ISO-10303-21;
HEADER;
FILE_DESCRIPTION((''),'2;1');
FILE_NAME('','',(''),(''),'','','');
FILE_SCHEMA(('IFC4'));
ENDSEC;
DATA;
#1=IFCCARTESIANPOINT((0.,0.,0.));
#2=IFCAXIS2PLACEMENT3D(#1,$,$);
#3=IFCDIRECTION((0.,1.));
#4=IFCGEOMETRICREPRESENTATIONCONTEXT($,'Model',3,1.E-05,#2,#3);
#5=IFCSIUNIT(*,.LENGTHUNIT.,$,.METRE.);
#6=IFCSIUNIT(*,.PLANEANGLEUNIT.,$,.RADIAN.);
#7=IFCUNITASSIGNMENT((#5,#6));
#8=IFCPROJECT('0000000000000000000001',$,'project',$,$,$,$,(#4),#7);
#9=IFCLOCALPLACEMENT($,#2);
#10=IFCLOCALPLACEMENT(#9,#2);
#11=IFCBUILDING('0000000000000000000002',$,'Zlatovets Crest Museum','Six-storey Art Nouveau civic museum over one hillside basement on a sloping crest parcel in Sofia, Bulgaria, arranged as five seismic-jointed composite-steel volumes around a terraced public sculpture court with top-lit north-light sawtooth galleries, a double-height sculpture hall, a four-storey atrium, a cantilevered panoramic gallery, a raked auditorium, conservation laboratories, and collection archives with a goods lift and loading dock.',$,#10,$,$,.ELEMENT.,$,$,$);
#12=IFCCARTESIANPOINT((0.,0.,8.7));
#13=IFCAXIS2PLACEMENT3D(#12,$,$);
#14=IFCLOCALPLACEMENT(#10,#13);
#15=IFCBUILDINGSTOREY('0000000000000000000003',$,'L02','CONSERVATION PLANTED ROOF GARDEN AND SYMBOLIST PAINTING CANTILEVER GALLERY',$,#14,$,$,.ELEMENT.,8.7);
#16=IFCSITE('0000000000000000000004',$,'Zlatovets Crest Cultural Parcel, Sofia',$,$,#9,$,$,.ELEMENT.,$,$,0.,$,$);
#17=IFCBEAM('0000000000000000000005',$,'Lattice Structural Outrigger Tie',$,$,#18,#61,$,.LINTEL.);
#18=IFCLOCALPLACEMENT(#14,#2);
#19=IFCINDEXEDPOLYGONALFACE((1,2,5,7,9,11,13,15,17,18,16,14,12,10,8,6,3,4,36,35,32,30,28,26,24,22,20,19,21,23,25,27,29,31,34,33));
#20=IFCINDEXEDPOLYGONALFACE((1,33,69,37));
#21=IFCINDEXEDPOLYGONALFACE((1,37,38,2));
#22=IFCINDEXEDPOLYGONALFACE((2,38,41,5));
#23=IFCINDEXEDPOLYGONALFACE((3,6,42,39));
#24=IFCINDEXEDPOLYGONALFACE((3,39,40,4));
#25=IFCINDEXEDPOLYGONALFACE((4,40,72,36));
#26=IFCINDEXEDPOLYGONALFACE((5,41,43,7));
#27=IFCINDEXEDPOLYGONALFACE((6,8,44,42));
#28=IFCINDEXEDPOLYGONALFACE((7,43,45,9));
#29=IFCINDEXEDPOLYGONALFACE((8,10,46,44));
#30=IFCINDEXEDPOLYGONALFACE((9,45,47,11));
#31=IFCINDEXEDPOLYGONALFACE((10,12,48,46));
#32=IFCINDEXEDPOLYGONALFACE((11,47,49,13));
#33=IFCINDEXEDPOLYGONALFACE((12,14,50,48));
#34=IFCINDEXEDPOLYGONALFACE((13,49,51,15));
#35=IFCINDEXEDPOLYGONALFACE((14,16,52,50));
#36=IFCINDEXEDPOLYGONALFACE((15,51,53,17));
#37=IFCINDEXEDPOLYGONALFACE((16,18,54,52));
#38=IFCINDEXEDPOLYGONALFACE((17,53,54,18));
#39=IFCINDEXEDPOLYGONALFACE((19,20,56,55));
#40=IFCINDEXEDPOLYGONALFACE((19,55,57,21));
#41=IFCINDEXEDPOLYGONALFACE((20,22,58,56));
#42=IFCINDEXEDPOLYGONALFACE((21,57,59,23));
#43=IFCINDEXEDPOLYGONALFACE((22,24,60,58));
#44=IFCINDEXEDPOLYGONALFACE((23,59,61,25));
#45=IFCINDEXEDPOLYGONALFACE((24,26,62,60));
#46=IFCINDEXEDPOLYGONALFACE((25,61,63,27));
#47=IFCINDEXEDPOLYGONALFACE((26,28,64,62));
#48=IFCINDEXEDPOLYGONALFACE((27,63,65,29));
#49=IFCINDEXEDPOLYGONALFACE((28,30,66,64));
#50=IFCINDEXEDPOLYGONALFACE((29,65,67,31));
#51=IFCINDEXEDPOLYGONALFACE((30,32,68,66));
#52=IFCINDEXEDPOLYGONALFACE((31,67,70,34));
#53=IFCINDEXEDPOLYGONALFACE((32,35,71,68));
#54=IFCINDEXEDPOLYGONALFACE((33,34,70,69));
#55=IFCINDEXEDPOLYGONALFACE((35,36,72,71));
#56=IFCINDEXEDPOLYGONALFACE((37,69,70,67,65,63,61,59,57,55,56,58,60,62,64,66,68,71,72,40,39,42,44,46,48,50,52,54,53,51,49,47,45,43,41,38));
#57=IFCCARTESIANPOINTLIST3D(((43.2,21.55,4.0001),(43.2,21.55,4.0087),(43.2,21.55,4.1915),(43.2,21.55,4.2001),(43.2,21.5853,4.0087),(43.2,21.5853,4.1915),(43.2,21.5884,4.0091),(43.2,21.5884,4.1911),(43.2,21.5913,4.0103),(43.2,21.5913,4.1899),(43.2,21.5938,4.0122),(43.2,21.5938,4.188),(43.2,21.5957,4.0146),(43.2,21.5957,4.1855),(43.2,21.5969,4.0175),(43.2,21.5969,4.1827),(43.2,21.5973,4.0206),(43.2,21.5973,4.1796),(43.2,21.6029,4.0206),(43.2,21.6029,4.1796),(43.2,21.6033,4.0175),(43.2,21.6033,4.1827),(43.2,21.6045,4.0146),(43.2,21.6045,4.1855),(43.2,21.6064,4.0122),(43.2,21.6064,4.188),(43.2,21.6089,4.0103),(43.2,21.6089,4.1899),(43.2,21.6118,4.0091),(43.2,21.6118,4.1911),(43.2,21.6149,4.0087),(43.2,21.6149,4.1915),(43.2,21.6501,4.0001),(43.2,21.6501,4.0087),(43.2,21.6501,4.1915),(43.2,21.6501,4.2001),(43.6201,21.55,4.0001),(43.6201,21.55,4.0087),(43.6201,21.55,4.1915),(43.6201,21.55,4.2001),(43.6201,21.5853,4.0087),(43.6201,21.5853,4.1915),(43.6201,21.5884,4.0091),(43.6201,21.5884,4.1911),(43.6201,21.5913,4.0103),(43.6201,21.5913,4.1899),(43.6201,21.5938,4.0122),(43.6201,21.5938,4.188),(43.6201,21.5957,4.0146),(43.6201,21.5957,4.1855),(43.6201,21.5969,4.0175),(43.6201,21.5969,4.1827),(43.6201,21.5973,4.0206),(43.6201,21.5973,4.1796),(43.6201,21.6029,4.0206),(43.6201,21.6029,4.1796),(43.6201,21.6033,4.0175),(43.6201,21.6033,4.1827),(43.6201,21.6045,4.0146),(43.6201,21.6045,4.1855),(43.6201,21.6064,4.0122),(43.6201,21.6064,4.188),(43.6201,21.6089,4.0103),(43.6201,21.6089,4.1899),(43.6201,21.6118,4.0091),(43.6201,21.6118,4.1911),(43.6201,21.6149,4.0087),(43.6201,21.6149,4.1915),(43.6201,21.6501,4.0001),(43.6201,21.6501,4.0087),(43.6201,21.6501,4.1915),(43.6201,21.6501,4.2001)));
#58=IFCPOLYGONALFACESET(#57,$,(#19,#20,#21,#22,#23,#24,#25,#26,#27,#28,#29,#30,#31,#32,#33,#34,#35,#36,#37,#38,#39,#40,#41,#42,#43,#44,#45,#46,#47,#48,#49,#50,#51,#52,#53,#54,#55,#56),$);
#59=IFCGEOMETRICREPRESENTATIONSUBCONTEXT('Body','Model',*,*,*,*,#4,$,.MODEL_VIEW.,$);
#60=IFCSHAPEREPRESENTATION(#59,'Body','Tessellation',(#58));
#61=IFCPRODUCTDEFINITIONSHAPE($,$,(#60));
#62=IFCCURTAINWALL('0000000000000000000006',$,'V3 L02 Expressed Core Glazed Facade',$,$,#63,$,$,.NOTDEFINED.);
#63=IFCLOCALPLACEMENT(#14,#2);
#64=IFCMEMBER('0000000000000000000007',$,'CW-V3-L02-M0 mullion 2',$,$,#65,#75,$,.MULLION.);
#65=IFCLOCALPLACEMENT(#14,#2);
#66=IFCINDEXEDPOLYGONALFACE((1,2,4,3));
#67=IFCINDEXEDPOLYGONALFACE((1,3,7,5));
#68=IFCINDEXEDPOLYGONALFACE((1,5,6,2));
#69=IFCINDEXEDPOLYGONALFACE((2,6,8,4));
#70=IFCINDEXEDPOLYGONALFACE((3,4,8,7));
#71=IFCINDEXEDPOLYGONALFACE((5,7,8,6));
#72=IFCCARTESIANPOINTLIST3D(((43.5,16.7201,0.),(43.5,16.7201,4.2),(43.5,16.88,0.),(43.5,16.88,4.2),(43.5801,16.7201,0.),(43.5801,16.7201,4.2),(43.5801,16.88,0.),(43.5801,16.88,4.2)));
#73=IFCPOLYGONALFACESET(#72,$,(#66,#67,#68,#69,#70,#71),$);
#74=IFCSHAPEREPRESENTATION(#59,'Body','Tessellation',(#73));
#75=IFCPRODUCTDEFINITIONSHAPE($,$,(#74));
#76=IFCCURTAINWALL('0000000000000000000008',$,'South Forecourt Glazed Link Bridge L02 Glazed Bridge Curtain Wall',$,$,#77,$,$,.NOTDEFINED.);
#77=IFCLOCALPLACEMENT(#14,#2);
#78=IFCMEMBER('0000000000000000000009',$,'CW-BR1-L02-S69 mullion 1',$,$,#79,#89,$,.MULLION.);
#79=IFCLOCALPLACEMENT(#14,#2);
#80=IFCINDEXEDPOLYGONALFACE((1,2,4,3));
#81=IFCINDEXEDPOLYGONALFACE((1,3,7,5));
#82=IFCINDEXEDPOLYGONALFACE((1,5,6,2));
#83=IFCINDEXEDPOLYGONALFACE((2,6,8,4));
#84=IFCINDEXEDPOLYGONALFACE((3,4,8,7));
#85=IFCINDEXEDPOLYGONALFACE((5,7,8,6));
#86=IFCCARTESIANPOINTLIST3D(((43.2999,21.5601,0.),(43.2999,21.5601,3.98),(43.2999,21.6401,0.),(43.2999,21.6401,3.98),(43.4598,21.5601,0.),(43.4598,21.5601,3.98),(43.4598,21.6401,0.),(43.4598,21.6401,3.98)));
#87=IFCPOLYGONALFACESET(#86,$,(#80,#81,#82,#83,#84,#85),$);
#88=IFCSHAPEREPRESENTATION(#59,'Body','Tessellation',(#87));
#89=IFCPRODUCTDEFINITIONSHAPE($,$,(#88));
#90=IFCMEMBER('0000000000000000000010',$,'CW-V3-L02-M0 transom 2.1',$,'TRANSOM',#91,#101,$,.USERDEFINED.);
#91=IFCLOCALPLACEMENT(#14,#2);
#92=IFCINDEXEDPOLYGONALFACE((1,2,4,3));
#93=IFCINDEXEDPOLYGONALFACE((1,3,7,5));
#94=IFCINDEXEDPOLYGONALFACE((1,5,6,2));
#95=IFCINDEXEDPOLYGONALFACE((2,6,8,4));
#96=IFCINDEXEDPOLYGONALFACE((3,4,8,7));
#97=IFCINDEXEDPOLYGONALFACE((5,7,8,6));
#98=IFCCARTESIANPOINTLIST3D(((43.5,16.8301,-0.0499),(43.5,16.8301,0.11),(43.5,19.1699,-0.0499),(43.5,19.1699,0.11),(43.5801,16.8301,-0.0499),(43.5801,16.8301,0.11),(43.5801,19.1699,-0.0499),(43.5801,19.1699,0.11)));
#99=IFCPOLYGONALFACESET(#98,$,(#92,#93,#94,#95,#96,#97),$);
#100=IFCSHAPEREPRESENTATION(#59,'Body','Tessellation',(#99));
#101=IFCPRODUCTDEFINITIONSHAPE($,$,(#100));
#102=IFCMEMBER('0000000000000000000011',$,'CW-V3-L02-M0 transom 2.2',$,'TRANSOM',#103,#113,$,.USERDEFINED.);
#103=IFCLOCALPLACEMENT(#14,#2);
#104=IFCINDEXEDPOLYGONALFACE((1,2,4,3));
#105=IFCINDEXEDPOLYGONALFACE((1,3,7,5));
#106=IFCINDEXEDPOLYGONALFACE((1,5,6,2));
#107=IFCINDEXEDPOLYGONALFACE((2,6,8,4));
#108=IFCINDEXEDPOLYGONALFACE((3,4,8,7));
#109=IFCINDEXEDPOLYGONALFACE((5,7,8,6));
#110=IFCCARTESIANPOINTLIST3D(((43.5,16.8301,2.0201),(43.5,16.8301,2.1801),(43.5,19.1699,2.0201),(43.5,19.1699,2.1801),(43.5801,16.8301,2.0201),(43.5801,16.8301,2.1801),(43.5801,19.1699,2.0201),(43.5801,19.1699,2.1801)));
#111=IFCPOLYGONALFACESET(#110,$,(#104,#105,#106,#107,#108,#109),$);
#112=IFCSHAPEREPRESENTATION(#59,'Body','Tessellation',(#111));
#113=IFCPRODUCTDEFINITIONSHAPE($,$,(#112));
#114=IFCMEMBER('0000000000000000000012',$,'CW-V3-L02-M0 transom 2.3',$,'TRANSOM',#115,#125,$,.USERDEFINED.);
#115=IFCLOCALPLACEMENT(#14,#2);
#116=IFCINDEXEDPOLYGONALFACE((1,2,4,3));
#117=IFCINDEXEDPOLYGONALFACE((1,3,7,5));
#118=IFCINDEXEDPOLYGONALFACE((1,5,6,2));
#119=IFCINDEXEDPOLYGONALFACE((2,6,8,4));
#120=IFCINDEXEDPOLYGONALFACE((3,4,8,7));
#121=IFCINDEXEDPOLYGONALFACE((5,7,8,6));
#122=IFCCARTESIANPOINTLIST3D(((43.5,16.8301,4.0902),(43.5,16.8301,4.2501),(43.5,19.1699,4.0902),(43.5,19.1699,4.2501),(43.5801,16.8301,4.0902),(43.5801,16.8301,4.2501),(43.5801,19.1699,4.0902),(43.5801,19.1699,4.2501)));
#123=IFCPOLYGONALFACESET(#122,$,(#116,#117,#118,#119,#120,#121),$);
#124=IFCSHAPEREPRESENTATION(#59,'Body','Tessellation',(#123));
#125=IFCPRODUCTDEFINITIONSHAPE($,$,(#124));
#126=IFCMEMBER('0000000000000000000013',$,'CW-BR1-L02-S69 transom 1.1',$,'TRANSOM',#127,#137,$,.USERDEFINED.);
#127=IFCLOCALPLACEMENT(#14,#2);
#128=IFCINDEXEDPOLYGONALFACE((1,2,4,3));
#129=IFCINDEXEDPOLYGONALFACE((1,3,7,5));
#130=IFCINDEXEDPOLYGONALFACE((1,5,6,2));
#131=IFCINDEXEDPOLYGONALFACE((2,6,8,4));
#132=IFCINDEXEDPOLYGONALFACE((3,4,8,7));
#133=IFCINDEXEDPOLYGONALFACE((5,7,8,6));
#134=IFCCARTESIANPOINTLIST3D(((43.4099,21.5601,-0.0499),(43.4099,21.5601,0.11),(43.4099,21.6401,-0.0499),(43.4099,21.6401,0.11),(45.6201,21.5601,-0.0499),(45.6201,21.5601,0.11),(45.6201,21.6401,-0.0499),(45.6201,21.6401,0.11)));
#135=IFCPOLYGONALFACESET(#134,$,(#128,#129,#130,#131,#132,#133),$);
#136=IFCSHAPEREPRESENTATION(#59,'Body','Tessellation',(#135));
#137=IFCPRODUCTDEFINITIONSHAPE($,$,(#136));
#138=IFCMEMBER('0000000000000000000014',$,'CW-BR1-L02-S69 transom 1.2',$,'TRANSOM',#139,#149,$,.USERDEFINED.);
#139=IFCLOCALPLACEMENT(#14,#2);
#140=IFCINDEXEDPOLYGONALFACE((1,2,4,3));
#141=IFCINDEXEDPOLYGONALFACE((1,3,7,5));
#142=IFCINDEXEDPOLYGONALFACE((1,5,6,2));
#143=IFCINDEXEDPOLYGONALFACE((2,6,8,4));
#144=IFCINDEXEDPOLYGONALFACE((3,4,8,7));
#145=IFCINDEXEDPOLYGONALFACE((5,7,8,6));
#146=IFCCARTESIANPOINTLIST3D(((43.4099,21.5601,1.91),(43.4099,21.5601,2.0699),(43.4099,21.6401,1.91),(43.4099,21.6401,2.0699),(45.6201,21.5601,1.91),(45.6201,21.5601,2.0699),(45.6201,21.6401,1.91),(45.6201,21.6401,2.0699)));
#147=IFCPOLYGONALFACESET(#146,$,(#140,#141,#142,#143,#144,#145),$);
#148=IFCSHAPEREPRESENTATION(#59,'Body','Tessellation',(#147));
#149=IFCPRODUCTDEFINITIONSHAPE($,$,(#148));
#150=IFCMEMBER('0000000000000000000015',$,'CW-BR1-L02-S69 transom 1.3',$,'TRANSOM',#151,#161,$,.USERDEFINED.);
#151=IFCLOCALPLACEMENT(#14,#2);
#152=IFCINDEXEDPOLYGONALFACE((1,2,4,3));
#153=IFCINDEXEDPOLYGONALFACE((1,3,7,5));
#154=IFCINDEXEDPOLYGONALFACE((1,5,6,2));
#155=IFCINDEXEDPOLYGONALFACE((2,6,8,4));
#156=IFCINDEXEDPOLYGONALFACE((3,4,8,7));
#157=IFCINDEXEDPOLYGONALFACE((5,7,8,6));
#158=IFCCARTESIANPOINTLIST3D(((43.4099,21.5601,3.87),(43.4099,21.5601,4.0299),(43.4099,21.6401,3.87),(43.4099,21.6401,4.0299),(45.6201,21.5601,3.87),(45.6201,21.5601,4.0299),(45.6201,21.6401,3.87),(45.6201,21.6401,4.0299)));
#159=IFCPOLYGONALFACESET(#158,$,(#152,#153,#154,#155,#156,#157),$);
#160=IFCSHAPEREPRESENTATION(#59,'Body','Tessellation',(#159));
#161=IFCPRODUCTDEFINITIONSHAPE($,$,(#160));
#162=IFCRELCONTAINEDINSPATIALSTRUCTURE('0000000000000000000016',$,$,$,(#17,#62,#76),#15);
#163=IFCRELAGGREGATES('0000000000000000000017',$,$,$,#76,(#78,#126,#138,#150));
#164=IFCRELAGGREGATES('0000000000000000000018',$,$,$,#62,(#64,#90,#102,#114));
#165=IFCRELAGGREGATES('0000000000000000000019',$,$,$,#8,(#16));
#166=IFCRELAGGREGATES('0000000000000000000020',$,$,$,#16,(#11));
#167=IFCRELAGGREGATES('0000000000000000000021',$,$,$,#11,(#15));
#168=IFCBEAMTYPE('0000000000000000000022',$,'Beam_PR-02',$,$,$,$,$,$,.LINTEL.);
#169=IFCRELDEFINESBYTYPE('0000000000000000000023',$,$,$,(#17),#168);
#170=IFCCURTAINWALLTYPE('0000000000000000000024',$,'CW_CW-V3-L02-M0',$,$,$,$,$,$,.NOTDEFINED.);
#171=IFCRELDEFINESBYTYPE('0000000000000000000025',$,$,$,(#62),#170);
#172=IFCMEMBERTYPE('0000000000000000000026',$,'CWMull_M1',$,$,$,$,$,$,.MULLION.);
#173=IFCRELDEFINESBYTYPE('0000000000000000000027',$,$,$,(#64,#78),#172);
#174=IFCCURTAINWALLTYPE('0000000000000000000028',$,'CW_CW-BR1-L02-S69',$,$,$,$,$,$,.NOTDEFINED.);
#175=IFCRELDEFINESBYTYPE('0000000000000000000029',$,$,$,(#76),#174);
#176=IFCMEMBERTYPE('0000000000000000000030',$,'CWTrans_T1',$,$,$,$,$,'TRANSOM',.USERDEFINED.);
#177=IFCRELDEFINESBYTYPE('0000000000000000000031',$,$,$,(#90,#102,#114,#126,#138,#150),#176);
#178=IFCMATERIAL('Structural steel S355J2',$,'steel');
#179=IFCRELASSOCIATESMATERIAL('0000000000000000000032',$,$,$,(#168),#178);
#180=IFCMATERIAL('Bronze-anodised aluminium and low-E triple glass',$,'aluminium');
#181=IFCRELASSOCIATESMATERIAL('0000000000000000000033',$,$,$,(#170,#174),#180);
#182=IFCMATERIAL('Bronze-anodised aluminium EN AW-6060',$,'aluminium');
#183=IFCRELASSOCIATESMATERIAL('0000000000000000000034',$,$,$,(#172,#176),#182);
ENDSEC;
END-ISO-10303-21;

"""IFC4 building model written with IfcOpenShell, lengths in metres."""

from ifc_helpers import new_model, si_unit, direction, frame, origin, origin_2d, place, context, subcontext, project, spatial, rectangle, i_section, extrude, material, material_profile, profile_set, type_object, element, aggregate, save


model = new_model("IFC4")

# Units and contexts
model_context = context("Model", 3, precision=1e-05, world=origin(), true_north=direction((0.0, 1.0)))
body_context = subcontext(model_context, "Body", "Model", "MODEL_VIEW")
ifc_project = project(units=[si_unit("LENGTHUNIT", "METRE"), si_unit("PLANEANGLEUNIT", "RADIAN")], contexts=[model_context])

# Site, building, storey
site_placement = place(None, origin())
site = spatial("IfcSite", under=ifc_project, at=site_placement, Name="Zlatovets Crest Cultural Parcel, Sofia", CompositionType="ELEMENT", RefElevation=0.0)
building_placement = place(site_placement, origin())
building = spatial("IfcBuilding", under=site, at=building_placement, Name="Zlatovets Crest Museum", Description="Six-storey Art Nouveau civic museum over one hillside basement on a sloping crest parcel in Sofia, Bulgaria, arranged as five seismic-jointed composite-steel volumes around a terraced public sculpture court with top-lit north-light sawtooth galleries, a double-height sculpture hall, a four-storey atrium, a cantilevered panoramic gallery, a raked auditorium, conservation laboratories, and collection archives with a goods lift and loading dock.", CompositionType="ELEMENT")
storey_placement = place(building_placement, frame((0.0, 0.0, 8.7)))
storey = spatial("IfcBuildingStorey", under=building, at=storey_placement, Name="L02", Description="CONSERVATION PLANTED ROOF GARDEN AND SYMBOLIST PAINTING CANTILEVER GALLERY", CompositionType="ELEMENT", Elevation=8.7)

# Shared definitions
ifc_material_1 = material(Name="Structural steel S355J2", Category="steel")

# Beam
ifc_material_profile_1 = material_profile(ifc_material_1, i_section(OverallWidth=0.1001, OverallDepth=0.2, WebThickness=0.0056, FlangeThickness=0.0085, FilletRadius=0.012, at=origin_2d()), Name="IPE 200")
ifc_profile_set_1 = profile_set([ifc_material_profile_1], Name="Structural steel S355J2")
beam_type_1 = type_object("IfcBeamType", Name="Beam_PR-02", PredefinedType="LINTEL", material=ifc_profile_set_1)
for number, where, z_axis, x_axis, name in (
    (1, (43.2, 21.6001, 4.1001), (1.0, 0.0, 0.0), (0.0, 1.0, 0.0), "Lattice Structural Outrigger Tie"),
):
    element("IfcBeam", number, at=place(storey_placement, frame(where, z_axis=z_axis, x_axis=x_axis)), inside=storey, type_object=beam_type_1, Name=name, PredefinedType="LINTEL", context=body_context, shape_type="SweptSolid", body=[
        extrude(i_section(OverallWidth=0.1001, OverallDepth=0.2, WebThickness=0.0056, FlangeThickness=0.0085, FilletRadius=0.012, at=origin_2d()), origin(), (0.0, 0.0, 1.0), 0.4202),
    ])

# Curtain walls, members
ifc_material_2 = material(Name="Bronze-anodised aluminium and low-E triple glass", Category="aluminium")
curtain_wall_type_1 = type_object("IfcCurtainWallType", Name="CW_CW-V3-L02-M0", PredefinedType="NOTDEFINED", material=ifc_material_2)
curtain_wall_1_placement = place(storey_placement, origin())
curtain_wall_1 = element("IfcCurtainWall", 2, at=curtain_wall_1_placement, inside=storey, type_object=curtain_wall_type_1, Name="V3 L02 Expressed Core Glazed Facade", PredefinedType="NOTDEFINED")
ifc_material_3 = material(Name="Bronze-anodised aluminium EN AW-6060", Category="aluminium")
ifc_material_profile_2 = material_profile(ifc_material_3, rectangle(XDim=0.0801, YDim=0.1599, at=origin_2d()), Name="ALU 80x160")
ifc_profile_set_2 = profile_set([ifc_material_profile_2], Name="Bronze-anodised aluminium EN AW-6060")
member_type_1 = type_object("IfcMemberType", Name="CWMull_M1", PredefinedType="MULLION", material=ifc_profile_set_2)
member_1_placement = place(storey_placement, frame((43.54, 16.8, 0.0), z_axis=(0.0, 0.0, 1.0), x_axis=(-1.0, 0.0, 0.0)))
member_1 = element("IfcMember", 3, at=member_1_placement, type_object=member_type_1, Name="CW-V3-L02-M0 mullion 2", PredefinedType="MULLION", context=body_context, shape_type="SweptSolid", body=[
    extrude(rectangle(XDim=0.0801, YDim=0.1599, at=origin_2d()), origin(), (0.0, 0.0, 1.0), 4.2),
])
curtain_wall_type_2 = type_object("IfcCurtainWallType", Name="CW_CW-BR1-L02-S69", PredefinedType="NOTDEFINED", material=ifc_material_2)
curtain_wall_2_placement = place(storey_placement, origin())
curtain_wall_2 = element("IfcCurtainWall", 4, at=curtain_wall_2_placement, inside=storey, type_object=curtain_wall_type_2, Name="South Forecourt Glazed Link Bridge L02 Glazed Bridge Curtain Wall", PredefinedType="NOTDEFINED")
member_2_placement = place(storey_placement, frame((43.3799, 21.6001, 0.0), z_axis=(0.0, 0.0, 1.0), x_axis=(0.0, 1.0, 0.0)))
member_2 = element("IfcMember", 5, at=member_2_placement, type_object=member_type_1, Name="CW-BR1-L02-S69 mullion 1", PredefinedType="MULLION", context=body_context, shape_type="SweptSolid", body=[
    extrude(rectangle(XDim=0.0801, YDim=0.1599, at=origin_2d()), origin(), (0.0, 0.0, 1.0), 3.98),
])

# Members
ifc_material_profile_3 = material_profile(ifc_material_3, rectangle(XDim=0.0801, YDim=0.1599, at=origin_2d()), Name="ALU 80x160")
ifc_profile_set_3 = profile_set([ifc_material_profile_3], Name="Bronze-anodised aluminium EN AW-6060")
member_type_2 = type_object("IfcMemberType", Name="CWTrans_T1", ElementType="TRANSOM", PredefinedType="USERDEFINED", material=ifc_profile_set_3)
member_3_placement = place(storey_placement, frame((43.54, 16.8301, 0.03), z_axis=(0.0, 1.0, 0.0), x_axis=(-1.0, 0.0, 0.0)))
member_3 = element("IfcMember", 6, at=member_3_placement, type_object=member_type_2, Name="CW-V3-L02-M0 transom 2.1", ObjectType="TRANSOM", PredefinedType="USERDEFINED", context=body_context, shape_type="SweptSolid", body=[
    extrude(rectangle(XDim=0.0801, YDim=0.1599, at=origin_2d()), origin(), (0.0, 0.0, 1.0), 2.3398),
])
member_4_placement = place(storey_placement, frame((43.54, 16.8301, 2.1001), z_axis=(0.0, 1.0, 0.0), x_axis=(-1.0, 0.0, 0.0)))
member_4 = element("IfcMember", 7, at=member_4_placement, type_object=member_type_2, Name="CW-V3-L02-M0 transom 2.2", ObjectType="TRANSOM", PredefinedType="USERDEFINED", context=body_context, shape_type="SweptSolid", body=[
    extrude(rectangle(XDim=0.0801, YDim=0.1599, at=origin_2d()), origin(), (0.0, 0.0, 1.0), 2.3398),
])
member_5_placement = place(storey_placement, frame((43.54, 16.8301, 4.1702), z_axis=(0.0, 1.0, 0.0), x_axis=(-1.0, 0.0, 0.0)))
member_5 = element("IfcMember", 8, at=member_5_placement, type_object=member_type_2, Name="CW-V3-L02-M0 transom 2.3", ObjectType="TRANSOM", PredefinedType="USERDEFINED", context=body_context, shape_type="SweptSolid", body=[
    extrude(rectangle(XDim=0.0801, YDim=0.1599, at=origin_2d()), origin(), (0.0, 0.0, 1.0), 2.3398),
])
member_6_placement = place(storey_placement, frame((43.4099, 21.6001, 0.03), z_axis=(1.0, 0.0, 0.0), x_axis=(0.0, 1.0, 0.0)))
member_6 = element("IfcMember", 9, at=member_6_placement, type_object=member_type_2, Name="CW-BR1-L02-S69 transom 1.1", ObjectType="TRANSOM", PredefinedType="USERDEFINED", context=body_context, shape_type="SweptSolid", body=[
    extrude(rectangle(XDim=0.0801, YDim=0.1599, at=origin_2d()), origin(), (0.0, 0.0, 1.0), 2.2102),
])
member_7_placement = place(storey_placement, frame((43.4099, 21.6001, 1.99), z_axis=(1.0, 0.0, 0.0), x_axis=(0.0, 1.0, 0.0)))
member_7 = element("IfcMember", 10, at=member_7_placement, type_object=member_type_2, Name="CW-BR1-L02-S69 transom 1.2", ObjectType="TRANSOM", PredefinedType="USERDEFINED", context=body_context, shape_type="SweptSolid", body=[
    extrude(rectangle(XDim=0.0801, YDim=0.1599, at=origin_2d()), origin(), (0.0, 0.0, 1.0), 2.2102),
])
member_8_placement = place(storey_placement, frame((43.4099, 21.6001, 3.95), z_axis=(1.0, 0.0, 0.0), x_axis=(0.0, 1.0, 0.0)))
member_8 = element("IfcMember", 11, at=member_8_placement, type_object=member_type_2, Name="CW-BR1-L02-S69 transom 1.3", ObjectType="TRANSOM", PredefinedType="USERDEFINED", context=body_context, shape_type="SweptSolid", body=[
    extrude(rectangle(XDim=0.0801, YDim=0.1599, at=origin_2d()), origin(), (0.0, 0.0, 1.0), 2.2102),
])
aggregate(curtain_wall_2, [member_2, member_6, member_7, member_8])

aggregate(curtain_wall_1, [member_1, member_3, member_4, member_5])

save(model, "model.ifc")
